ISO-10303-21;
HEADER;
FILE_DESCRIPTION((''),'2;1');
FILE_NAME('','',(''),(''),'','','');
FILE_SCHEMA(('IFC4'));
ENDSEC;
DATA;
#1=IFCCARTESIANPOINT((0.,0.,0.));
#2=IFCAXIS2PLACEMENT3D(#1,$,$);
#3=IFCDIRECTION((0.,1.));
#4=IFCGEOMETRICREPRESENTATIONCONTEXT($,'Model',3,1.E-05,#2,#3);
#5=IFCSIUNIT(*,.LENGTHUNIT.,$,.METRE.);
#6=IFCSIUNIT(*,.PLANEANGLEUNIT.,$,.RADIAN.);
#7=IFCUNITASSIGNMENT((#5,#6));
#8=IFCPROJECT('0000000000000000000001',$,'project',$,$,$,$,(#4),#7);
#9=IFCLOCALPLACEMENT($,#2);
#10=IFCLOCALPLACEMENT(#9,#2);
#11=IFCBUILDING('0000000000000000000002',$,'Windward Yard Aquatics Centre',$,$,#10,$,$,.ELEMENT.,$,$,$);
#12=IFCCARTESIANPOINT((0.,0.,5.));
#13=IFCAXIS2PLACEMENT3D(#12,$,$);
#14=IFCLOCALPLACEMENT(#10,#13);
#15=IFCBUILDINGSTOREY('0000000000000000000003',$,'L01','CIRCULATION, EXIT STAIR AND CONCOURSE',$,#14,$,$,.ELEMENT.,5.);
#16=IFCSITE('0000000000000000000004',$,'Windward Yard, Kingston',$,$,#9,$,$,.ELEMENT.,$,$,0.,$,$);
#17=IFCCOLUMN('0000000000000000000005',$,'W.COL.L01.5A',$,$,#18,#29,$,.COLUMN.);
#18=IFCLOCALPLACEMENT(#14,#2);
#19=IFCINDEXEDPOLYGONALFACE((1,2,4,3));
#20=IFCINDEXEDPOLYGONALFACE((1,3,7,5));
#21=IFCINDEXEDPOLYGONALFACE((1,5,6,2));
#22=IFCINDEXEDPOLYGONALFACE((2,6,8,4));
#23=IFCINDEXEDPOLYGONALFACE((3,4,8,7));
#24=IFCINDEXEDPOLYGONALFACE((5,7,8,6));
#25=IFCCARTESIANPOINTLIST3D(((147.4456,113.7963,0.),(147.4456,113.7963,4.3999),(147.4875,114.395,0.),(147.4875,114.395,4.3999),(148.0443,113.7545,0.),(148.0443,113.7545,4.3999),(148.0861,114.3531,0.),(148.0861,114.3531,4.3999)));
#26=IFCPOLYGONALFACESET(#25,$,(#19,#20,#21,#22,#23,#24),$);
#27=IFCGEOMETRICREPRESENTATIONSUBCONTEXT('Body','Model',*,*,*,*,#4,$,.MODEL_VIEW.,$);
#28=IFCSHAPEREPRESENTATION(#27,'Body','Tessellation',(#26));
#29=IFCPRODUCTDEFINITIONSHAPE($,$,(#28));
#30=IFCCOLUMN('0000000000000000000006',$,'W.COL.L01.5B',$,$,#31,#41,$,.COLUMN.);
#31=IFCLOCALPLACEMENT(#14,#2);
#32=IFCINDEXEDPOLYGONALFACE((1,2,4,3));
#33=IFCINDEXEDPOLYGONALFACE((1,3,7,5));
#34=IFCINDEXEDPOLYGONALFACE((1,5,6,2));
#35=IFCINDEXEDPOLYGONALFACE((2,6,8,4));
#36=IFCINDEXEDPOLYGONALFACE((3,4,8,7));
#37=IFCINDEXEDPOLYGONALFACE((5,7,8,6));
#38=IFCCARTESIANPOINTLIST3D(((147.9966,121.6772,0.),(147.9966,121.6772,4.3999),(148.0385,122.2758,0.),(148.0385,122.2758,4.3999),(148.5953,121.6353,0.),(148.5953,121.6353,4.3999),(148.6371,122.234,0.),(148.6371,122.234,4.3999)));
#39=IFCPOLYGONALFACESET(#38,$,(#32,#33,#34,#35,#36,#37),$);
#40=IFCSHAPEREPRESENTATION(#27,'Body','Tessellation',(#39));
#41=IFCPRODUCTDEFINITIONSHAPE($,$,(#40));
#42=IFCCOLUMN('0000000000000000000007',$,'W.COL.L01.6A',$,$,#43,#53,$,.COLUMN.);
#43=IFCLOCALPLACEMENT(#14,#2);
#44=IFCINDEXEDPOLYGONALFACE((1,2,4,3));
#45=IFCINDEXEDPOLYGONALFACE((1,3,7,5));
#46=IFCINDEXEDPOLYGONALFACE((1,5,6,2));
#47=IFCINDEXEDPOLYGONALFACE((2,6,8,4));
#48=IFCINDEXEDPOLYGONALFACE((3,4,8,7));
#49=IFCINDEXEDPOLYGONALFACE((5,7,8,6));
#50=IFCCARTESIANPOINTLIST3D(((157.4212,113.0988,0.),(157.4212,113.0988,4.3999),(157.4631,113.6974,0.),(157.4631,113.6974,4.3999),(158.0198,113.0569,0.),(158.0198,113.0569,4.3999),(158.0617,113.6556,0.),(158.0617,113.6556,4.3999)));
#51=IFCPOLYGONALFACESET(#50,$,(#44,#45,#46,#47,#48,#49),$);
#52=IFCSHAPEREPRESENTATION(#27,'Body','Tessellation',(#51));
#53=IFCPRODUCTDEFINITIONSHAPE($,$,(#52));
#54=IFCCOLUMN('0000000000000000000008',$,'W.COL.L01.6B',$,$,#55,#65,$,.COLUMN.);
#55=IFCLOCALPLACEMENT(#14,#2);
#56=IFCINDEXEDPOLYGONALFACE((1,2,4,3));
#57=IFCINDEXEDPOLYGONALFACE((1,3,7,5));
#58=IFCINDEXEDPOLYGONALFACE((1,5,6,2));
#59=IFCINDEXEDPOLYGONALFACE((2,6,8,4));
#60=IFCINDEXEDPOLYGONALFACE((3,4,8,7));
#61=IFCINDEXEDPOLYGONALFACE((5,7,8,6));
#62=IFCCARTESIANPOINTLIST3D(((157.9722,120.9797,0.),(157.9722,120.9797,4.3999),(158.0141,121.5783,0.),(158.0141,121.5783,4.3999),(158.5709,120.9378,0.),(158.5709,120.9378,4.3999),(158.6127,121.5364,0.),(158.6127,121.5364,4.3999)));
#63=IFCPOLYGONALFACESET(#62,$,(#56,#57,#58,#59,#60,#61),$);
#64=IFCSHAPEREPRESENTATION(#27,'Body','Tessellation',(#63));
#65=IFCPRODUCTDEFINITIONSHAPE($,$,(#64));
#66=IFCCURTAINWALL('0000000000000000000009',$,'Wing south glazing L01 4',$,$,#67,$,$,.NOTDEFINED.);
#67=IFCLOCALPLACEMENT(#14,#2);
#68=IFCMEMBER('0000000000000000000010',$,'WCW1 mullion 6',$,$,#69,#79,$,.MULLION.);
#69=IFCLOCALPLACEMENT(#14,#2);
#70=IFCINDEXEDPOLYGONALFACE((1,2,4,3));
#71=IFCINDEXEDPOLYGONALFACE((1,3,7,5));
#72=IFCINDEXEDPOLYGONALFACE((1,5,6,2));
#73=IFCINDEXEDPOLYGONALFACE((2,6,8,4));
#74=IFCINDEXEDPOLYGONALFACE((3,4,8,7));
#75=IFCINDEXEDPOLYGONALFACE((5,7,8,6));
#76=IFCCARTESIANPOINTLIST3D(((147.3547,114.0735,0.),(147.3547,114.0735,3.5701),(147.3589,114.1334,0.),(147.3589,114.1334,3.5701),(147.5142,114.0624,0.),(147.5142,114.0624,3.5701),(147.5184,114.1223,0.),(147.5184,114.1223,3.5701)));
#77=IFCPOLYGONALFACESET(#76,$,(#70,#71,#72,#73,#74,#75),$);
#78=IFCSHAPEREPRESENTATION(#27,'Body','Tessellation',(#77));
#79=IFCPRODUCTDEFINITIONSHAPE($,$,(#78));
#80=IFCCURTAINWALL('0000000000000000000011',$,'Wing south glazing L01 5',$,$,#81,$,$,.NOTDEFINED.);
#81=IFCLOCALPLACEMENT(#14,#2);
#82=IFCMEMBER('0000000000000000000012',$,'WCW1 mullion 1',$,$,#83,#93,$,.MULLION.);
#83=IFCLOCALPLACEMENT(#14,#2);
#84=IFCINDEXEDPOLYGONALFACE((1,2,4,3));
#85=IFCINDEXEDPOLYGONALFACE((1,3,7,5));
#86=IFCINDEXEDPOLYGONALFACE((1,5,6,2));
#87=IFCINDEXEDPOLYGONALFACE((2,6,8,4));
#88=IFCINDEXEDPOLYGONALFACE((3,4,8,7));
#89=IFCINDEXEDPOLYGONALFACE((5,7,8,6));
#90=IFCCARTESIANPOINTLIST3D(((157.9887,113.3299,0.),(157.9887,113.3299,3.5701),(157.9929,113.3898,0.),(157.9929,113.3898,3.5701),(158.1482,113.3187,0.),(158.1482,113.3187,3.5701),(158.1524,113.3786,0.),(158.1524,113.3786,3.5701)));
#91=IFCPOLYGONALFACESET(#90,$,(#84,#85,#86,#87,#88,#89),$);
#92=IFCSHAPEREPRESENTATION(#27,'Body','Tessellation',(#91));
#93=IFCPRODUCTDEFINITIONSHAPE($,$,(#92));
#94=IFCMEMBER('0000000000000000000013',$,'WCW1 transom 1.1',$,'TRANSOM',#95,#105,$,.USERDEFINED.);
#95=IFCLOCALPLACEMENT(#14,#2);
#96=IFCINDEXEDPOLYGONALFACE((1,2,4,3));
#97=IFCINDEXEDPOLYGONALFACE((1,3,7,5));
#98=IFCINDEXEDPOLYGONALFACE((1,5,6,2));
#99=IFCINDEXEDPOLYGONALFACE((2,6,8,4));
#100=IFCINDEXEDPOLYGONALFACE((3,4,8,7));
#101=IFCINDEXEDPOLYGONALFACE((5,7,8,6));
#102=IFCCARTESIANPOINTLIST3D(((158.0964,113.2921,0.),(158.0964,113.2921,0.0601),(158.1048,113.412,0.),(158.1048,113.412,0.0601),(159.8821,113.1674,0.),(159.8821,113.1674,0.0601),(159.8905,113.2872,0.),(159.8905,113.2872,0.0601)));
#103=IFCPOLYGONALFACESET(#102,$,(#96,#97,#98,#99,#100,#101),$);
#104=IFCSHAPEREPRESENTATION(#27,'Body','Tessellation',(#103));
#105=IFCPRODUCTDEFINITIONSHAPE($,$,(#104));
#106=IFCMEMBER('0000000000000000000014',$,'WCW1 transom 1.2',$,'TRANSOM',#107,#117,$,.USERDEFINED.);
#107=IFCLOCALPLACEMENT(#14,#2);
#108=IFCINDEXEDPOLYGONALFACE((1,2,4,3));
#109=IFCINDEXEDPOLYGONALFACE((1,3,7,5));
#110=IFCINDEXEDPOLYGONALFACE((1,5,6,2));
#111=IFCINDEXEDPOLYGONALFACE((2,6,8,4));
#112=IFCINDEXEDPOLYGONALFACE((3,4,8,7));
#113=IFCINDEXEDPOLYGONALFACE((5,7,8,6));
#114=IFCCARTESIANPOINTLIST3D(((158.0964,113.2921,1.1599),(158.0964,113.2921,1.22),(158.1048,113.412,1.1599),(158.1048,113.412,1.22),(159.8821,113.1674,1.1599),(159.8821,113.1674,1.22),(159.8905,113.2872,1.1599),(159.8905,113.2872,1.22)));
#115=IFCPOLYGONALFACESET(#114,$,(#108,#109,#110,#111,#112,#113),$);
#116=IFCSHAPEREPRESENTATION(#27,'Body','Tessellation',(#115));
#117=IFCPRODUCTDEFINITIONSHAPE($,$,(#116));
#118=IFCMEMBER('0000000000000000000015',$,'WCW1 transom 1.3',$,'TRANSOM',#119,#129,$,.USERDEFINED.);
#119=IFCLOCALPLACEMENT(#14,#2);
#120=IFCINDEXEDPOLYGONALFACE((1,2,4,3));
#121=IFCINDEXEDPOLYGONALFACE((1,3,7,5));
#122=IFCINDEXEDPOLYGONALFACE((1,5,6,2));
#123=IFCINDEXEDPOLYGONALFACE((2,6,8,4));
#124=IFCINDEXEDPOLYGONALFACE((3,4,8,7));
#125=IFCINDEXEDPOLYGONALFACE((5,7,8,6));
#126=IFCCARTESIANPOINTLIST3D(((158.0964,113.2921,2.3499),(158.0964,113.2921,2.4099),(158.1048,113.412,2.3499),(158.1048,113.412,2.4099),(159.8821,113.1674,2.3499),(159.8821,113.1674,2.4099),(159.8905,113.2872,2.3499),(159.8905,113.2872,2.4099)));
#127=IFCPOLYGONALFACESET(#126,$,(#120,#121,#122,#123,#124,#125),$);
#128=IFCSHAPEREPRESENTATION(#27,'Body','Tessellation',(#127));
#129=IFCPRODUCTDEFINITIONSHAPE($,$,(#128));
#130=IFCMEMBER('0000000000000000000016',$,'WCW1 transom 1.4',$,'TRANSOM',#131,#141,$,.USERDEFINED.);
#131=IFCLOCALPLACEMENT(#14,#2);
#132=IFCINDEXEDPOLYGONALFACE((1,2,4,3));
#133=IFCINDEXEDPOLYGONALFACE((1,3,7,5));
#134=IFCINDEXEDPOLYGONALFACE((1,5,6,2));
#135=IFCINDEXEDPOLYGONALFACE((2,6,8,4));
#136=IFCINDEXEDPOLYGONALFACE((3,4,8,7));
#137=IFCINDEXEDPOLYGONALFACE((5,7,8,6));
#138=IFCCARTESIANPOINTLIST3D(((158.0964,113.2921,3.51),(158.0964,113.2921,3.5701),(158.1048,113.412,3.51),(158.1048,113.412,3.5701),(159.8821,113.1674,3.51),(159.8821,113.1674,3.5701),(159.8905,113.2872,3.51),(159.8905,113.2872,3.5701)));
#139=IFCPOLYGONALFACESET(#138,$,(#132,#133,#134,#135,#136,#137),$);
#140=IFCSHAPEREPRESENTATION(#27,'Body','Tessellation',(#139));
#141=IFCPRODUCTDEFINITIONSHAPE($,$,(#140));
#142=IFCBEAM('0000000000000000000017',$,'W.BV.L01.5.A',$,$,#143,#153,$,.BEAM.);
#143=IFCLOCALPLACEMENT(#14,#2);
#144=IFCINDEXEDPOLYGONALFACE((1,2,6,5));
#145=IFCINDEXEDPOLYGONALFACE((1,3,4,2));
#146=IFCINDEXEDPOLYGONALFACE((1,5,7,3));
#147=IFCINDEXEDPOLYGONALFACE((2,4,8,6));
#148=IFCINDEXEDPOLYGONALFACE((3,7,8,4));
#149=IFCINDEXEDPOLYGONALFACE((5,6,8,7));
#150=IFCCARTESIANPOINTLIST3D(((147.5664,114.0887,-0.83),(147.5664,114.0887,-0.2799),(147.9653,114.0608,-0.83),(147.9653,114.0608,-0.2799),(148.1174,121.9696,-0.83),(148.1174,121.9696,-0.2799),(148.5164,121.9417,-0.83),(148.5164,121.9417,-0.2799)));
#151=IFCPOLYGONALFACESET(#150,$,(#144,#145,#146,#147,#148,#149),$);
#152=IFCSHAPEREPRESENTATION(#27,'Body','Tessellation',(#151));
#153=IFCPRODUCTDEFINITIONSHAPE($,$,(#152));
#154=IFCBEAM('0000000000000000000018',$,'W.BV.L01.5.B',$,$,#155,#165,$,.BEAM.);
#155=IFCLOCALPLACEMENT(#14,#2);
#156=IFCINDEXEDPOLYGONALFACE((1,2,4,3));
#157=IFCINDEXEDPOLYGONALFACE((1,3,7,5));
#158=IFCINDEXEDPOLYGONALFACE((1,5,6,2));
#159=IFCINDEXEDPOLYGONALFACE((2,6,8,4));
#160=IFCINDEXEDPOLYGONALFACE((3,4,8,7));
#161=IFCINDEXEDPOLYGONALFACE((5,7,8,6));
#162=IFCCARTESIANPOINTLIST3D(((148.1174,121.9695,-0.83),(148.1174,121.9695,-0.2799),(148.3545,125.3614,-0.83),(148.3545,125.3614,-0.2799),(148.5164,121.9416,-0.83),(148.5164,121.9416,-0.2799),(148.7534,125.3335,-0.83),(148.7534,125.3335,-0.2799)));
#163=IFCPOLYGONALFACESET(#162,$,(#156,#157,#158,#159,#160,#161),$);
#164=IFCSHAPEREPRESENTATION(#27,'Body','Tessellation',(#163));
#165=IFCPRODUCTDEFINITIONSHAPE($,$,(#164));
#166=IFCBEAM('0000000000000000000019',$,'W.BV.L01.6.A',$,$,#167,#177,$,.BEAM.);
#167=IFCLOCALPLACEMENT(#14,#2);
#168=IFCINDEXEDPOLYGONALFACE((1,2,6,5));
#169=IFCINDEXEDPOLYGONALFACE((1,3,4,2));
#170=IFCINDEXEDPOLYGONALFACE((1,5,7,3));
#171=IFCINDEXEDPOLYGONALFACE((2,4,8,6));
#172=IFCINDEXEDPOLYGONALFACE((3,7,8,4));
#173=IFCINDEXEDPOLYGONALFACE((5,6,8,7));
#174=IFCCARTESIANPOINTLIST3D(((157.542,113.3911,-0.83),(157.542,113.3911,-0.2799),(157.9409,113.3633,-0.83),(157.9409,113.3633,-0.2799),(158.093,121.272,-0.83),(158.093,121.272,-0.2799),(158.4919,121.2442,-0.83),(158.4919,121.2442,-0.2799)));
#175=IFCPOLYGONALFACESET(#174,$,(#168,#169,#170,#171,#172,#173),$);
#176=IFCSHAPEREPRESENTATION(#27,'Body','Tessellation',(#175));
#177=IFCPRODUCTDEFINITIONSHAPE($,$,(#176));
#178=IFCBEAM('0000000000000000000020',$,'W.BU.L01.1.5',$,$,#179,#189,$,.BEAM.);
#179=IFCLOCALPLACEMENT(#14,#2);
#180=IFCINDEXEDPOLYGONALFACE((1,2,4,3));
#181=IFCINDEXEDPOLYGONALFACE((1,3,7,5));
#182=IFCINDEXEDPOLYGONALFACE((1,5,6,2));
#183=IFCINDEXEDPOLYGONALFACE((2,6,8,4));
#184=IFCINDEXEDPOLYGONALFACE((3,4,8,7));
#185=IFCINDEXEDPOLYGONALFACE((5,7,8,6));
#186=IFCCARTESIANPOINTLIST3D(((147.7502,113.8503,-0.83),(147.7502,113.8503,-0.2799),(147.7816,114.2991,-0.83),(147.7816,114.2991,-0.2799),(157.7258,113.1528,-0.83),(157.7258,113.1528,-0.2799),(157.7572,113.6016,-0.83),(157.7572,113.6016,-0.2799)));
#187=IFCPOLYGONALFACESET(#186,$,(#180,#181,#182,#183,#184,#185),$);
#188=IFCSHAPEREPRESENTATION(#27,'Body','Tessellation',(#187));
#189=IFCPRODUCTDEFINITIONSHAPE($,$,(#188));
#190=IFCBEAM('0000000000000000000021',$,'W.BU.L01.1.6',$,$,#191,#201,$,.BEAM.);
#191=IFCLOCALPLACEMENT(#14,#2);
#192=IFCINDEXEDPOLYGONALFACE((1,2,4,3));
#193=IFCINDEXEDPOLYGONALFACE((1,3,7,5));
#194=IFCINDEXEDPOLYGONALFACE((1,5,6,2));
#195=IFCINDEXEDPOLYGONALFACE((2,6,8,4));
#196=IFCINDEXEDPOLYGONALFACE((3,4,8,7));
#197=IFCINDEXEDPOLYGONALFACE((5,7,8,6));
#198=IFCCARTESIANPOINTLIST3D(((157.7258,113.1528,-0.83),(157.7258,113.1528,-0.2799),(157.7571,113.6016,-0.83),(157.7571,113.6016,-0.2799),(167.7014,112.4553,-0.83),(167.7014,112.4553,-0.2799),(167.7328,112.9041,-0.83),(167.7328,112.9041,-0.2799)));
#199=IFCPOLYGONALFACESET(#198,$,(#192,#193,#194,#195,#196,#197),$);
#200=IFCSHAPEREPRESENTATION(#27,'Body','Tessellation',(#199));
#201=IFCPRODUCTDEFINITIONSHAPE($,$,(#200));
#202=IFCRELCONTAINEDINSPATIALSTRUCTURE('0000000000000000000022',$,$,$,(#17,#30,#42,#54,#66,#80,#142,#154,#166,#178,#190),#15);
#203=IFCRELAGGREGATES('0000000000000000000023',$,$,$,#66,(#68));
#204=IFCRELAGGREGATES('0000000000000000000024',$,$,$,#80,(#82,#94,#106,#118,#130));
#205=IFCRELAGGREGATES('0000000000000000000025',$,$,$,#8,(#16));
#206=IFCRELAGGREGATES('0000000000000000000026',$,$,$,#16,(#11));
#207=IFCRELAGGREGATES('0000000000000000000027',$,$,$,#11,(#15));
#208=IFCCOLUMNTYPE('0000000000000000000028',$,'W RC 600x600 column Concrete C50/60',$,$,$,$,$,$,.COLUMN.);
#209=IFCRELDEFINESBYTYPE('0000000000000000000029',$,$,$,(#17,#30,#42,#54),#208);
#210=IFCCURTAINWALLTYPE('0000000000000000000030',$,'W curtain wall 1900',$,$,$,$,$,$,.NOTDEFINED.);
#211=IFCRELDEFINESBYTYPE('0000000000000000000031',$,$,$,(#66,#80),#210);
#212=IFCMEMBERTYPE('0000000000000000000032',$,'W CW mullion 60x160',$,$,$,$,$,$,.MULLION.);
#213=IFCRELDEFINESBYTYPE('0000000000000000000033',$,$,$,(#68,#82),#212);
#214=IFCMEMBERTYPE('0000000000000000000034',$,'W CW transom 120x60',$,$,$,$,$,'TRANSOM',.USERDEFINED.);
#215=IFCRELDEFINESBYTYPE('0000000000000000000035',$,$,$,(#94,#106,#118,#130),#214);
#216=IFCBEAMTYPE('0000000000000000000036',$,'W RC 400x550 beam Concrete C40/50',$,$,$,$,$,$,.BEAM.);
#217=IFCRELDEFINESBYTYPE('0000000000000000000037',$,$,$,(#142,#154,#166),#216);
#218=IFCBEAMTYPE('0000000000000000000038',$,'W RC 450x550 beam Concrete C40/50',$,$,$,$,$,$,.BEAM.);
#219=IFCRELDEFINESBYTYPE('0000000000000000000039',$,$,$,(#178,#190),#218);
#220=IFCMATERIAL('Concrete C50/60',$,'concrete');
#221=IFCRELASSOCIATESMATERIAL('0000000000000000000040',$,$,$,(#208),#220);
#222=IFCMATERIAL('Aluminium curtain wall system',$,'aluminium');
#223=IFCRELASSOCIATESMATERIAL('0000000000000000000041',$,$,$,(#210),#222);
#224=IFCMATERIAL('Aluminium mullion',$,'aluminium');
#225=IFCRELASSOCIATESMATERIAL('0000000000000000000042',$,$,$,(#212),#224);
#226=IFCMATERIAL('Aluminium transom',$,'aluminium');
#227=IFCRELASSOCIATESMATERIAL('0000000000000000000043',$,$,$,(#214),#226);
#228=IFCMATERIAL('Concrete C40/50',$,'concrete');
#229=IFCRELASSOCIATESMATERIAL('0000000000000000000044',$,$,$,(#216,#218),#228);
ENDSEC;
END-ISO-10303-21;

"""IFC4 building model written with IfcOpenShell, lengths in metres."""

from ifc_helpers import new_model, si_unit, direction, frame, origin, origin_2d, place, context, subcontext, project, spatial, rectangle, extrude, material, material_profile, profile_set, type_object, element, aggregate, save


model = new_model("IFC4")

# Units and contexts
model_context = context("Model", 3, precision=1e-05, world=origin(), true_north=direction((0.0, 1.0)))
body_context = subcontext(model_context, "Body", "Model", "MODEL_VIEW")
ifc_project = project(units=[si_unit("LENGTHUNIT", "METRE"), si_unit("PLANEANGLEUNIT", "RADIAN")], contexts=[model_context])

# Site, building, storey
site_placement = place(None, origin())
site = spatial("IfcSite", under=ifc_project, at=site_placement, Name="Windward Yard, Kingston", CompositionType="ELEMENT", RefElevation=0.0)
building_placement = place(site_placement, origin())
building = spatial("IfcBuilding", under=site, at=building_placement, Name="Windward Yard Aquatics Centre", CompositionType="ELEMENT")
storey_placement = place(building_placement, frame((0.0, 0.0, 5.0)))
storey = spatial("IfcBuildingStorey", under=building, at=storey_placement, Name="L01", Description="CIRCULATION, EXIT STAIR AND CONCOURSE", CompositionType="ELEMENT", Elevation=5.0)

# Columns
ifc_material_1 = material(Name="Concrete C50/60", Category="concrete")
ifc_material_profile_1 = material_profile(ifc_material_1, rectangle(XDim=0.6001, YDim=0.6001, at=origin_2d()), Name="RC 600x600")
ifc_profile_set_1 = profile_set([ifc_material_profile_1], Name="Concrete C50/60")
column_type = type_object("IfcColumnType", Name="W RC 600x600 column Concrete C50/60", PredefinedType="COLUMN", material=ifc_profile_set_1)
for number, where, z_axis, x_axis, name in (
    (1, (147.7659, 114.0747, 0.0), (0.0, 0.0, 1.0), (0.997564, -0.069756, 0.0), "W.COL.L01.5A"),
    (2, (148.3169, 121.9556, 0.0), (0.0, 0.0, 1.0), (0.997564, -0.069756, 0.0), "W.COL.L01.5B"),
    (3, (157.7415, 113.3772, 0.0), (0.0, 0.0, 1.0), (0.997564, -0.069756, 0.0), "W.COL.L01.6A"),
    (4, (158.2925, 121.2581, 0.0), (0.0, 0.0, 1.0), (0.997564, -0.069756, 0.0), "W.COL.L01.6B"),
):
    element("IfcColumn", number, at=place(storey_placement, frame(where, z_axis=z_axis, x_axis=x_axis)), inside=storey, type_object=column_type, Name=name, PredefinedType="COLUMN", context=body_context, shape_type="SweptSolid", body=[
        extrude(rectangle(XDim=0.6001, YDim=0.6001, at=origin_2d()), origin(), (0.0, 0.0, 1.0), 4.3999),
    ])

# Curtain wall, member
ifc_material_2 = material(Name="Aluminium curtain wall system", Category="aluminium")
curtain_wall_type = type_object("IfcCurtainWallType", Name="W curtain wall 1900", PredefinedType="NOTDEFINED", material=ifc_material_2)
curtain_wall_1_placement = place(storey_placement, origin())
curtain_wall_1 = element("IfcCurtainWall", 5, at=curtain_wall_1_placement, inside=storey, type_object=curtain_wall_type, Name="Wing south glazing L01 4", PredefinedType="NOTDEFINED")
ifc_material_3 = material(Name="Aluminium mullion", Category="aluminium")
ifc_material_profile_2 = material_profile(ifc_material_3, rectangle(XDim=0.0601, YDim=0.1599, at=origin_2d()), Name="AL 60x160")
ifc_profile_set_2 = profile_set([ifc_material_profile_2], Name="Aluminium mullion")
member_type_1 = type_object("IfcMemberType", Name="W CW mullion 60x160", PredefinedType="MULLION", material=ifc_profile_set_2)
member_1_placement = place(storey_placement, frame((147.4365, 114.0979, 0.0), z_axis=(0.0, 0.0, 1.0), x_axis=(0.069755, 0.997564, 0.0)))
member_1 = element("IfcMember", 6, at=member_1_placement, type_object=member_type_1, Name="WCW1 mullion 6", PredefinedType="MULLION", context=body_context, shape_type="SweptSolid", body=[
    extrude(rectangle(XDim=0.0601, YDim=0.1599, at=origin_2d()), origin(), (0.0, 0.0, 1.0), 3.5701),
])
aggregate(curtain_wall_1, [member_1])

# Curtain wall, members
curtain_wall_2_placement = place(storey_placement, origin())
curtain_wall_2 = element("IfcCurtainWall", 7, at=curtain_wall_2_placement, inside=storey, type_object=curtain_wall_type, Name="Wing south glazing L01 5", PredefinedType="NOTDEFINED")
member_2_placement = place(storey_placement, frame((158.0706, 113.3542, 0.0), z_axis=(0.0, 0.0, 1.0), x_axis=(0.069755, 0.997564, 0.0)))
member_2 = element("IfcMember", 8, at=member_2_placement, type_object=member_type_1, Name="WCW1 mullion 1", PredefinedType="MULLION", context=body_context, shape_type="SweptSolid", body=[
    extrude(rectangle(XDim=0.0601, YDim=0.1599, at=origin_2d()), origin(), (0.0, 0.0, 1.0), 3.5701),
])
ifc_material_4 = material(Name="Aluminium transom", Category="aluminium")
ifc_material_profile_3 = material_profile(ifc_material_4, rectangle(XDim=0.1201, YDim=0.0601, at=origin_2d()), Name="AL 120x60")
ifc_profile_set_3 = profile_set([ifc_material_profile_3], Name="Aluminium transom")
member_type_2 = type_object("IfcMemberType", Name="W CW transom 120x60", ElementType="TRANSOM", PredefinedType="USERDEFINED", material=ifc_profile_set_3)
member_3_placement = place(storey_placement, frame((158.1006, 113.3521, 0.03), z_axis=(0.997568, -0.069696, 0.0), x_axis=(0.069696, 0.997568, 0.0)))
member_3 = element("IfcMember", 9, at=member_3_placement, type_object=member_type_2, Name="WCW1 transom 1.1", ObjectType="TRANSOM", PredefinedType="USERDEFINED", context=body_context, shape_type="SweptSolid", body=[
    extrude(rectangle(XDim=0.1201, YDim=0.0601, at=origin_2d()), origin(), (0.0, 0.0, 1.0), 1.79),
])
member_4_placement = place(storey_placement, frame((158.1006, 113.3521, 1.1899), z_axis=(0.997568, -0.069696, 0.0), x_axis=(0.069696, 0.997568, 0.0)))
member_4 = element("IfcMember", 10, at=member_4_placement, type_object=member_type_2, Name="WCW1 transom 1.2", ObjectType="TRANSOM", PredefinedType="USERDEFINED", context=body_context, shape_type="SweptSolid", body=[
    extrude(rectangle(XDim=0.1201, YDim=0.0601, at=origin_2d()), origin(), (0.0, 0.0, 1.0), 1.79),
])
member_5_placement = place(storey_placement, frame((158.1006, 113.3521, 2.3799), z_axis=(0.997568, -0.069696, 0.0), x_axis=(0.069696, 0.997568, 0.0)))
member_5 = element("IfcMember", 11, at=member_5_placement, type_object=member_type_2, Name="WCW1 transom 1.3", ObjectType="TRANSOM", PredefinedType="USERDEFINED", context=body_context, shape_type="SweptSolid", body=[
    extrude(rectangle(XDim=0.1201, YDim=0.0601, at=origin_2d()), origin(), (0.0, 0.0, 1.0), 1.79),
])
member_6_placement = place(storey_placement, frame((158.1006, 113.3521, 3.54), z_axis=(0.997568, -0.069696, 0.0), x_axis=(0.069696, 0.997568, 0.0)))
member_6 = element("IfcMember", 12, at=member_6_placement, type_object=member_type_2, Name="WCW1 transom 1.4", ObjectType="TRANSOM", PredefinedType="USERDEFINED", context=body_context, shape_type="SweptSolid", body=[
    extrude(rectangle(XDim=0.1201, YDim=0.0601, at=origin_2d()), origin(), (0.0, 0.0, 1.0), 1.79),
])
aggregate(curtain_wall_2, [member_2, member_3, member_4, member_5, member_6])

# Beams
ifc_material_5 = material(Name="Concrete C40/50", Category="concrete")
ifc_material_profile_4 = material_profile(ifc_material_5, rectangle(XDim=0.3999, YDim=0.55, at=origin_2d()), Name="RC 400x550")
ifc_profile_set_4 = profile_set([ifc_material_profile_4], Name="Concrete C40/50")
beam_type_1 = type_object("IfcBeamType", Name="W RC 400x550 beam Concrete C40/50", PredefinedType="BEAM", material=ifc_profile_set_4)
beam_1_placement = place(storey_placement, frame((147.7659, 114.0747, -0.5549), z_axis=(0.069749, 0.997565, 0.0), x_axis=(-0.997565, 0.069749, 0.0)))
element("IfcBeam", 13, at=beam_1_placement, inside=storey, type_object=beam_type_1, Name="W.BV.L01.5.A", PredefinedType="BEAM", context=body_context, shape_type="SweptSolid", body=[
    extrude(rectangle(XDim=0.3999, YDim=0.55, at=origin_2d()), origin(), (0.0, 0.0, 1.0), 7.9001),
])
beam_2_placement = place(storey_placement, frame((148.3169, 121.9556, -0.5549), z_axis=(0.069721, 0.997567, 0.0), x_axis=(-0.997567, 0.069721, 0.0)))
element("IfcBeam", 14, at=beam_2_placement, inside=storey, type_object=beam_type_1, Name="W.BV.L01.5.B", PredefinedType="BEAM", context=body_context, shape_type="SweptSolid", body=[
    extrude(rectangle(XDim=0.3999, YDim=0.55, at=origin_2d()), origin(), (0.0, 0.0, 1.0), 3.4001),
])
beam_3_placement = place(storey_placement, frame((157.7415, 113.3772, -0.5549), z_axis=(0.069749, 0.997565, 0.0), x_axis=(-0.997565, 0.069749, 0.0)))
element("IfcBeam", 15, at=beam_3_placement, inside=storey, type_object=beam_type_1, Name="W.BV.L01.6.A", PredefinedType="BEAM", context=body_context, shape_type="SweptSolid", body=[
    extrude(rectangle(XDim=0.3999, YDim=0.55, at=origin_2d()), origin(), (0.0, 0.0, 1.0), 7.9001),
])
ifc_material_profile_5 = material_profile(ifc_material_5, rectangle(XDim=0.45, YDim=0.55, at=origin_2d()), Name="RC 450x550")
ifc_profile_set_5 = profile_set([ifc_material_profile_5], Name="Concrete C40/50")
beam_type_2 = type_object("IfcBeamType", Name="W RC 450x550 beam Concrete C40/50", PredefinedType="BEAM", material=ifc_profile_set_5)
for number, where, z_axis, x_axis, name in (
    (16, (147.7659, 114.0747, -0.5549), (0.997564, -0.069751, 0.0), (0.069751, 0.997564, 0.0), "W.BU.L01.1.5"),
    (17, (157.7415, 113.3772, -0.5549), (0.997564, -0.069751, 0.0), (0.069751, 0.997564, 0.0), "W.BU.L01.1.6"),
):
    element("IfcBeam", number, at=place(storey_placement, frame(where, z_axis=z_axis, x_axis=x_axis)), inside=storey, type_object=beam_type_2, Name=name, PredefinedType="BEAM", context=body_context, shape_type="SweptSolid", body=[
        extrude(rectangle(XDim=0.45, YDim=0.55, at=origin_2d()), origin(), (0.0, 0.0, 1.0), 10.0),
    ])

save(model, "model.ifc")
